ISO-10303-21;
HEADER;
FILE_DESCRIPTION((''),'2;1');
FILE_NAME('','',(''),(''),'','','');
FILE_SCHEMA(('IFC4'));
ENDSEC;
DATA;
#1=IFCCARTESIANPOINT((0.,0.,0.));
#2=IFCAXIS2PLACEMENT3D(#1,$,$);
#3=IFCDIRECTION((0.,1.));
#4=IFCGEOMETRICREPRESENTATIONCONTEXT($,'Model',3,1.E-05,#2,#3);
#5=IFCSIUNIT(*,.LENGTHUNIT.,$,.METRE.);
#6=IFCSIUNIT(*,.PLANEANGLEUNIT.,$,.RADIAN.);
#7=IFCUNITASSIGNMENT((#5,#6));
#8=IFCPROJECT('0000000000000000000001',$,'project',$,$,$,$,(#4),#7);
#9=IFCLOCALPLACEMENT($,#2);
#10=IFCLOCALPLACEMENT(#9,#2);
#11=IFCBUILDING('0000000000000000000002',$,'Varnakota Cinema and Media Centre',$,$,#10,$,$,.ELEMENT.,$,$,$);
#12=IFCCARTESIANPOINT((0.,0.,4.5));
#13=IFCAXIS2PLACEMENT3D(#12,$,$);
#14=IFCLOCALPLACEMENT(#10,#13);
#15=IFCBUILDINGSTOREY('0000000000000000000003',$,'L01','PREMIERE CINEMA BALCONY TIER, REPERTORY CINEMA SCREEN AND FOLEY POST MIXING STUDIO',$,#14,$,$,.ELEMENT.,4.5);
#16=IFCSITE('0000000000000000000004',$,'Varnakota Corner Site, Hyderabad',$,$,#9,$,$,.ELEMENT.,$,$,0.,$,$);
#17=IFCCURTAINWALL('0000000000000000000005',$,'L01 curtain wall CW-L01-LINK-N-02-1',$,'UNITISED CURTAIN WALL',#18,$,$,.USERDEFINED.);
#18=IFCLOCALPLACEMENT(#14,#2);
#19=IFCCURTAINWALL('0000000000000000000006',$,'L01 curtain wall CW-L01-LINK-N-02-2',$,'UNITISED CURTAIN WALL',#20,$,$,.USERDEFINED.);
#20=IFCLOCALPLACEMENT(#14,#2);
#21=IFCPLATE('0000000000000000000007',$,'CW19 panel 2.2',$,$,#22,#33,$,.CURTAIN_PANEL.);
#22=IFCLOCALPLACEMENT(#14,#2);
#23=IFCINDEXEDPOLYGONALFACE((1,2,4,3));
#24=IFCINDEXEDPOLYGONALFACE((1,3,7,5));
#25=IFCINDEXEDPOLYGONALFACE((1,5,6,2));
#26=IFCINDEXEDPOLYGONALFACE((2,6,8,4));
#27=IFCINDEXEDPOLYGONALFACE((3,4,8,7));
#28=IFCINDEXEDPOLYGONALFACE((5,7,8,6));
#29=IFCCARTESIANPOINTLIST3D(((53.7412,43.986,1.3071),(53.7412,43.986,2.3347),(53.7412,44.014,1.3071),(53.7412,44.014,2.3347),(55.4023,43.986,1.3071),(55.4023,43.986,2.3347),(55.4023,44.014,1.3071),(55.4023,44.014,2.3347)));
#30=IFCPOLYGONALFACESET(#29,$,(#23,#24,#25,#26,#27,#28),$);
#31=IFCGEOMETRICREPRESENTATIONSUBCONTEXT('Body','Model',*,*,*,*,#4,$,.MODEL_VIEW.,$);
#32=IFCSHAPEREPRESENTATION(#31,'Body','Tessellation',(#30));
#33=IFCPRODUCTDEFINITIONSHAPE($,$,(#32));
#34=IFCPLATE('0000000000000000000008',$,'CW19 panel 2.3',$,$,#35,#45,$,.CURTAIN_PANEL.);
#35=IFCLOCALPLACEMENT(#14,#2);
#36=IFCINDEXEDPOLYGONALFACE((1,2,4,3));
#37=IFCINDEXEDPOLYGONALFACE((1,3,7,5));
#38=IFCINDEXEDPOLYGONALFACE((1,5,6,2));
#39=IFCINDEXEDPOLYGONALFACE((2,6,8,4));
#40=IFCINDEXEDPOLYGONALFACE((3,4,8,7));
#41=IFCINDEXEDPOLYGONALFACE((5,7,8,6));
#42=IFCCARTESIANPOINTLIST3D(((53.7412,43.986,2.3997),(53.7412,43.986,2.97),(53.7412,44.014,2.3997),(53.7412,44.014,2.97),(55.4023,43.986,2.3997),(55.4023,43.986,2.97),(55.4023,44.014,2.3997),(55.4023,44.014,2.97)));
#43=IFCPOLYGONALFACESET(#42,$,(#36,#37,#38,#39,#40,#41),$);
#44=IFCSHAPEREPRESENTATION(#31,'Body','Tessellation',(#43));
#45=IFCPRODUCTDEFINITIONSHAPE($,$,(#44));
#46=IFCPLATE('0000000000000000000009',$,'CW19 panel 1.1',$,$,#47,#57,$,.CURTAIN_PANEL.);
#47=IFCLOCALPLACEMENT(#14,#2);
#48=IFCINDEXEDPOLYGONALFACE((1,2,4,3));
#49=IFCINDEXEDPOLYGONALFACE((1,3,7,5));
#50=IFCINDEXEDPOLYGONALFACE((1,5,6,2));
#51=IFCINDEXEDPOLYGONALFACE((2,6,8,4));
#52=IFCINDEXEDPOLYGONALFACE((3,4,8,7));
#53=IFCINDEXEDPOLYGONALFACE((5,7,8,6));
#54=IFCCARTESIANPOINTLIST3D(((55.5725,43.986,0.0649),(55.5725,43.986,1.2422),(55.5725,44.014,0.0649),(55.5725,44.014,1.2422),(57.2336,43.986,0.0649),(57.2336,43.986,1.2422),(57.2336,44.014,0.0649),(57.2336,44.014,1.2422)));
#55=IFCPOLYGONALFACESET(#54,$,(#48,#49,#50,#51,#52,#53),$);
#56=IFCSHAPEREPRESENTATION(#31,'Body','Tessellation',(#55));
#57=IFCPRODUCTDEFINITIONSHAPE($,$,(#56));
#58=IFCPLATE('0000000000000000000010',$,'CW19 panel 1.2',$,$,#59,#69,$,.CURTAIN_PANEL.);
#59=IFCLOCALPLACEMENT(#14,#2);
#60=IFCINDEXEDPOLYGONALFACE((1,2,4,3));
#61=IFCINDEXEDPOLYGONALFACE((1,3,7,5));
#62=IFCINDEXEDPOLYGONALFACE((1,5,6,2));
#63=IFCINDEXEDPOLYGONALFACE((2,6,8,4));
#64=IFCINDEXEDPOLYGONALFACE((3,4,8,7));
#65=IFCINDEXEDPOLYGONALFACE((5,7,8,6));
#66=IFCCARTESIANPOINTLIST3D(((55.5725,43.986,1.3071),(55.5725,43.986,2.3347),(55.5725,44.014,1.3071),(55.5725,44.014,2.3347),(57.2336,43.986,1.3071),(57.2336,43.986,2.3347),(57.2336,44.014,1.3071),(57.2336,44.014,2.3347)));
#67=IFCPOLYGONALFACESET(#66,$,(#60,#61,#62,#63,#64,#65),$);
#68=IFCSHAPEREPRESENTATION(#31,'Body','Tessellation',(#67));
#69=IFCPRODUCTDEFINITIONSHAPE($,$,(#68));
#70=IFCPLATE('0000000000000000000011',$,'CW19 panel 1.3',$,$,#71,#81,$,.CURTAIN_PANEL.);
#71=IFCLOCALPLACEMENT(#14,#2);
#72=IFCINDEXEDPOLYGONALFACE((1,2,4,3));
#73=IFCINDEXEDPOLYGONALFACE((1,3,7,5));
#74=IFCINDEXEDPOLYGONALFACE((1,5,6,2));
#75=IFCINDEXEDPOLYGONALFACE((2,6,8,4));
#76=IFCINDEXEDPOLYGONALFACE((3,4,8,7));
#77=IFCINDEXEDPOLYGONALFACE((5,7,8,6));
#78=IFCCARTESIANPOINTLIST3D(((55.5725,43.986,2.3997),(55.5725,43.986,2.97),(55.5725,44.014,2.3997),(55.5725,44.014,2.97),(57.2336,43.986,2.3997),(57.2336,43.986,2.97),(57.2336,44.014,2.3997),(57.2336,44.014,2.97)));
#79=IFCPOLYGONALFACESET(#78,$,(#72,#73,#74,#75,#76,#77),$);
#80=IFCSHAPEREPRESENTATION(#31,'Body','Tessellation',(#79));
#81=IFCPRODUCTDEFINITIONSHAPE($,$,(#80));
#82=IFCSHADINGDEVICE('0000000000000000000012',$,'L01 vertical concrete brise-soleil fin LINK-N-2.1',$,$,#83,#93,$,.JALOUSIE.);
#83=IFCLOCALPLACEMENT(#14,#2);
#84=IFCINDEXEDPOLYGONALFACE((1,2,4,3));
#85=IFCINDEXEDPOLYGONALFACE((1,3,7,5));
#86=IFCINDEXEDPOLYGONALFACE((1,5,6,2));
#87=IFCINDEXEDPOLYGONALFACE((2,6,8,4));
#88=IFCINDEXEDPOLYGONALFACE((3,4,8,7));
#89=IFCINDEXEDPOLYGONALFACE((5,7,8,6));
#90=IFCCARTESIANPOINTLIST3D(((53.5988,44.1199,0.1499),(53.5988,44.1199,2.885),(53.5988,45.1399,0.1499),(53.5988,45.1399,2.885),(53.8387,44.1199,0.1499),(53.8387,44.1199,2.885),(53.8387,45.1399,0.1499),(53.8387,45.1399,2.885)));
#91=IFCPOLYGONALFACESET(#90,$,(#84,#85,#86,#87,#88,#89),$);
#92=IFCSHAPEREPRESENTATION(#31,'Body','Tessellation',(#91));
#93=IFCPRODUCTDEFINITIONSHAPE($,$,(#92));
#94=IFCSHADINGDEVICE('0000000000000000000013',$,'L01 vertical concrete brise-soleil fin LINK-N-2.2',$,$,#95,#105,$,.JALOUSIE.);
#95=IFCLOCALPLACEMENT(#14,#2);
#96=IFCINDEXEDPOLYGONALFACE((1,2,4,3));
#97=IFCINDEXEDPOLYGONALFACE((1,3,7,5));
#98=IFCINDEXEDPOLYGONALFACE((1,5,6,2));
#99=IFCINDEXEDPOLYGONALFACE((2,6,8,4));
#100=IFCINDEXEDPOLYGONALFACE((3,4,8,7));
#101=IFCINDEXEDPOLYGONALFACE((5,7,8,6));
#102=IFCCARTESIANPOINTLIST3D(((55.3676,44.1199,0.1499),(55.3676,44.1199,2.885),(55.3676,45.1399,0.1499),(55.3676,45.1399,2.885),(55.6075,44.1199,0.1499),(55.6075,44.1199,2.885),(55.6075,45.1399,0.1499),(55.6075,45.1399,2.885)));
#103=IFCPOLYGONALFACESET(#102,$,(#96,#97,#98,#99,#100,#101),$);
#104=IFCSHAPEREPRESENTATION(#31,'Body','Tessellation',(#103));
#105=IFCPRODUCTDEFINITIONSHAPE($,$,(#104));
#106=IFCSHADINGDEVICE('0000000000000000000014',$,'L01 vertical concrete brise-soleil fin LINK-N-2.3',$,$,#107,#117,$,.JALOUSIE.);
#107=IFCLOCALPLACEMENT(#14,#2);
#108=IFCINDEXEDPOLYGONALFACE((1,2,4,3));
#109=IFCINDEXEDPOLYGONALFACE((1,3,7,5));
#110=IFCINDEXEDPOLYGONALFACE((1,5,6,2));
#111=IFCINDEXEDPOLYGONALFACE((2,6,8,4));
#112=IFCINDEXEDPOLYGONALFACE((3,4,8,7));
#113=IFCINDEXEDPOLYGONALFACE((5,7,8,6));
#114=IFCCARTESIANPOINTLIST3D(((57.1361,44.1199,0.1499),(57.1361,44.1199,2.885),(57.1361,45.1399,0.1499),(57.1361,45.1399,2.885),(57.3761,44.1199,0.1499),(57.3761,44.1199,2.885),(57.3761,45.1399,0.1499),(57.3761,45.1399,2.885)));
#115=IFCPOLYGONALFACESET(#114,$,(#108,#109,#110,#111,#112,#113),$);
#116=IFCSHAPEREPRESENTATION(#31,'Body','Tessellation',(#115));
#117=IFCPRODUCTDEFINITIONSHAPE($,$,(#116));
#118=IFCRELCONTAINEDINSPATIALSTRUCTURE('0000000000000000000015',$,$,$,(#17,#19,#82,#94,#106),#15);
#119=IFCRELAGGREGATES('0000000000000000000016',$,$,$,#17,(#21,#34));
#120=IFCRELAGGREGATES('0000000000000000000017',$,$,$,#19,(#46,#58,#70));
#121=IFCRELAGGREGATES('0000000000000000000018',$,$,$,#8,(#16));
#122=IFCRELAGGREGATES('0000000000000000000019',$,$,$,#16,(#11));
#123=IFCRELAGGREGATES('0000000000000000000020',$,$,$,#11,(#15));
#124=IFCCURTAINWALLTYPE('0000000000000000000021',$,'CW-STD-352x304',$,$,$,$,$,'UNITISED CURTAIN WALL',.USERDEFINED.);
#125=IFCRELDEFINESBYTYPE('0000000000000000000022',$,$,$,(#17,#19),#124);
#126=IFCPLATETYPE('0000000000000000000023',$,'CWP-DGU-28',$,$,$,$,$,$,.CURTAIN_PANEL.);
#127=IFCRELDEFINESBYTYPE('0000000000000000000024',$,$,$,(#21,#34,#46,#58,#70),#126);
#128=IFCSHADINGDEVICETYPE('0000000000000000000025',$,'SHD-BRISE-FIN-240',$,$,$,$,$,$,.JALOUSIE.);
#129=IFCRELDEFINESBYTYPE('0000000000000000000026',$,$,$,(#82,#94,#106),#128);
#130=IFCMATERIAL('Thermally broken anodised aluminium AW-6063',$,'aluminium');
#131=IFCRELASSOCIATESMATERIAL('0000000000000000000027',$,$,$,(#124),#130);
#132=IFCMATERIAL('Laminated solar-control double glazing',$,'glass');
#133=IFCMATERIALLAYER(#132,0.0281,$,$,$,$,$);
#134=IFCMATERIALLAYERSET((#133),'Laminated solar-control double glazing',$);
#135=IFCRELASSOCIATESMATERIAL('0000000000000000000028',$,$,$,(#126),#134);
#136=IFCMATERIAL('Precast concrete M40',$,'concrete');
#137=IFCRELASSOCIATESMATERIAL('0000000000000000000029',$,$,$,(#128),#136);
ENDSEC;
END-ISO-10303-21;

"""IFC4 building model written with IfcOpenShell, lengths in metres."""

from ifc_helpers import new_model, si_unit, direction, frame, origin, origin_2d, place, context, subcontext, project, spatial, rectangle, extrude, material, layer, layer_set, type_object, element, aggregate, save


model = new_model("IFC4")

# Units and contexts
model_context = context("Model", 3, precision=1e-05, world=origin(), true_north=direction((0.0, 1.0)))
body_context = subcontext(model_context, "Body", "Model", "MODEL_VIEW")
ifc_project = project(units=[si_unit("LENGTHUNIT", "METRE"), si_unit("PLANEANGLEUNIT", "RADIAN")], contexts=[model_context])

# Site, building, storey
site_placement = place(None, origin())
site = spatial("IfcSite", under=ifc_project, at=site_placement, Name="Varnakota Corner Site, Hyderabad", CompositionType="ELEMENT", RefElevation=0.0)
building_placement = place(site_placement, origin())
building = spatial("IfcBuilding", under=site, at=building_placement, Name="Varnakota Cinema and Media Centre", CompositionType="ELEMENT")
storey_placement = place(building_placement, frame((0.0, 0.0, 4.5)))
storey = spatial("IfcBuildingStorey", under=building, at=storey_placement, Name="L01", Description="PREMIERE CINEMA BALCONY TIER, REPERTORY CINEMA SCREEN AND FOLEY POST MIXING STUDIO", CompositionType="ELEMENT", Elevation=4.5)

# Curtain walls
ifc_material_1 = material(Name="Thermally broken anodised aluminium AW-6063", Category="aluminium")
curtain_wall_type = type_object("IfcCurtainWallType", Name="CW-STD-352x304", ElementType="UNITISED CURTAIN WALL", PredefinedType="USERDEFINED", material=ifc_material_1)
curtain_wall_1_placement = place(storey_placement, origin())
curtain_wall_1 = element("IfcCurtainWall", 1, at=curtain_wall_1_placement, inside=storey, type_object=curtain_wall_type, Name="L01 curtain wall CW-L01-LINK-N-02-1", ObjectType="UNITISED CURTAIN WALL", PredefinedType="USERDEFINED")
curtain_wall_2_placement = place(storey_placement, origin())
curtain_wall_2 = element("IfcCurtainWall", 2, at=curtain_wall_2_placement, inside=storey, type_object=curtain_wall_type, Name="L01 curtain wall CW-L01-LINK-N-02-2", ObjectType="UNITISED CURTAIN WALL", PredefinedType="USERDEFINED")

# Plates
ifc_material_2 = material(Name="Laminated solar-control double glazing", Category="glass")
ifc_layer = layer(ifc_material_2, 0.0281)
ifc_layer_set = layer_set([ifc_layer], Name="Laminated solar-control double glazing")
plate_type = type_object("IfcPlateType", Name="CWP-DGU-28", PredefinedType="CURTAIN_PANEL", material=ifc_layer_set)
plate_1_placement = place(storey_placement, frame((54.5718, 44.0, 1.3071), z_axis=(0.0, 0.0, 1.0), x_axis=(1.0, 0.0, 0.0)))
plate_1 = element("IfcPlate", 3, at=plate_1_placement, type_object=plate_type, Name="CW19 panel 2.2", PredefinedType="CURTAIN_PANEL", context=body_context, shape_type="SweptSolid", body=[
    extrude(rectangle(XDim=1.6611, YDim=0.0281, at=origin_2d()), origin(), (0.0, 0.0, 1.0), 1.0276),
])
plate_2_placement = place(storey_placement, frame((54.5718, 44.0, 2.3997), z_axis=(0.0, 0.0, 1.0), x_axis=(1.0, 0.0, 0.0)))
plate_2 = element("IfcPlate", 4, at=plate_2_placement, type_object=plate_type, Name="CW19 panel 2.3", PredefinedType="CURTAIN_PANEL", context=body_context, shape_type="SweptSolid", body=[
    extrude(rectangle(XDim=1.6611, YDim=0.0281, at=origin_2d()), origin(), (0.0, 0.0, 1.0), 0.5703),
])
aggregate(curtain_wall_1, [plate_1, plate_2])
plate_3_placement = place(storey_placement, frame((56.4031, 44.0, 0.0649), z_axis=(0.0, 0.0, 1.0), x_axis=(1.0, 0.0, 0.0)))
plate_3 = element("IfcPlate", 5, at=plate_3_placement, type_object=plate_type, Name="CW19 panel 1.1", PredefinedType="CURTAIN_PANEL", context=body_context, shape_type="SweptSolid", body=[
    extrude(rectangle(XDim=1.6611, YDim=0.0281, at=origin_2d()), origin(), (0.0, 0.0, 1.0), 1.1772),
])
plate_4_placement = place(storey_placement, frame((56.4031, 44.0, 1.3071), z_axis=(0.0, 0.0, 1.0), x_axis=(1.0, 0.0, 0.0)))
plate_4 = element("IfcPlate", 6, at=plate_4_placement, type_object=plate_type, Name="CW19 panel 1.2", PredefinedType="CURTAIN_PANEL", context=body_context, shape_type="SweptSolid", body=[
    extrude(rectangle(XDim=1.6611, YDim=0.0281, at=origin_2d()), origin(), (0.0, 0.0, 1.0), 1.0276),
])
plate_5_placement = place(storey_placement, frame((56.4031, 44.0, 2.3997), z_axis=(0.0, 0.0, 1.0), x_axis=(1.0, 0.0, 0.0)))
plate_5 = element("IfcPlate", 7, at=plate_5_placement, type_object=plate_type, Name="CW19 panel 1.3", PredefinedType="CURTAIN_PANEL", context=body_context, shape_type="SweptSolid", body=[
    extrude(rectangle(XDim=1.6611, YDim=0.0281, at=origin_2d()), origin(), (0.0, 0.0, 1.0), 0.5703),
])
aggregate(curtain_wall_2, [plate_3, plate_4, plate_5])

# Shading devices
ifc_material_3 = material(Name="Precast concrete M40", Category="concrete")
shading_device_type = type_object("IfcShadingDeviceType", Name="SHD-BRISE-FIN-240", PredefinedType="JALOUSIE", material=ifc_material_3)
for number, where, z_axis, x_axis, name in (
    (8, (53.7188, 44.6299, 0.1499), (0.0, 0.0, 1.0), (1.0, 0.0, 0.0), "L01 vertical concrete brise-soleil fin LINK-N-2.1"),
    (9, (55.4875, 44.6299, 0.1499), (0.0, 0.0, 1.0), (1.0, 0.0, 0.0), "L01 vertical concrete brise-soleil fin LINK-N-2.2"),
    (10, (57.2561, 44.6299, 0.1499), (0.0, 0.0, 1.0), (1.0, 0.0, 0.0), "L01 vertical concrete brise-soleil fin LINK-N-2.3"),
):
    element("IfcShadingDevice", number, at=place(storey_placement, frame(where, z_axis=z_axis, x_axis=x_axis)), inside=storey, type_object=shading_device_type, Name=name, PredefinedType="JALOUSIE", context=body_context, shape_type="SweptSolid", body=[
        extrude(rectangle(XDim=0.24, YDim=1.02, at=origin_2d()), origin(), (0.0, 0.0, 1.0), 2.7351),
    ])

save(model, "model.ifc")
